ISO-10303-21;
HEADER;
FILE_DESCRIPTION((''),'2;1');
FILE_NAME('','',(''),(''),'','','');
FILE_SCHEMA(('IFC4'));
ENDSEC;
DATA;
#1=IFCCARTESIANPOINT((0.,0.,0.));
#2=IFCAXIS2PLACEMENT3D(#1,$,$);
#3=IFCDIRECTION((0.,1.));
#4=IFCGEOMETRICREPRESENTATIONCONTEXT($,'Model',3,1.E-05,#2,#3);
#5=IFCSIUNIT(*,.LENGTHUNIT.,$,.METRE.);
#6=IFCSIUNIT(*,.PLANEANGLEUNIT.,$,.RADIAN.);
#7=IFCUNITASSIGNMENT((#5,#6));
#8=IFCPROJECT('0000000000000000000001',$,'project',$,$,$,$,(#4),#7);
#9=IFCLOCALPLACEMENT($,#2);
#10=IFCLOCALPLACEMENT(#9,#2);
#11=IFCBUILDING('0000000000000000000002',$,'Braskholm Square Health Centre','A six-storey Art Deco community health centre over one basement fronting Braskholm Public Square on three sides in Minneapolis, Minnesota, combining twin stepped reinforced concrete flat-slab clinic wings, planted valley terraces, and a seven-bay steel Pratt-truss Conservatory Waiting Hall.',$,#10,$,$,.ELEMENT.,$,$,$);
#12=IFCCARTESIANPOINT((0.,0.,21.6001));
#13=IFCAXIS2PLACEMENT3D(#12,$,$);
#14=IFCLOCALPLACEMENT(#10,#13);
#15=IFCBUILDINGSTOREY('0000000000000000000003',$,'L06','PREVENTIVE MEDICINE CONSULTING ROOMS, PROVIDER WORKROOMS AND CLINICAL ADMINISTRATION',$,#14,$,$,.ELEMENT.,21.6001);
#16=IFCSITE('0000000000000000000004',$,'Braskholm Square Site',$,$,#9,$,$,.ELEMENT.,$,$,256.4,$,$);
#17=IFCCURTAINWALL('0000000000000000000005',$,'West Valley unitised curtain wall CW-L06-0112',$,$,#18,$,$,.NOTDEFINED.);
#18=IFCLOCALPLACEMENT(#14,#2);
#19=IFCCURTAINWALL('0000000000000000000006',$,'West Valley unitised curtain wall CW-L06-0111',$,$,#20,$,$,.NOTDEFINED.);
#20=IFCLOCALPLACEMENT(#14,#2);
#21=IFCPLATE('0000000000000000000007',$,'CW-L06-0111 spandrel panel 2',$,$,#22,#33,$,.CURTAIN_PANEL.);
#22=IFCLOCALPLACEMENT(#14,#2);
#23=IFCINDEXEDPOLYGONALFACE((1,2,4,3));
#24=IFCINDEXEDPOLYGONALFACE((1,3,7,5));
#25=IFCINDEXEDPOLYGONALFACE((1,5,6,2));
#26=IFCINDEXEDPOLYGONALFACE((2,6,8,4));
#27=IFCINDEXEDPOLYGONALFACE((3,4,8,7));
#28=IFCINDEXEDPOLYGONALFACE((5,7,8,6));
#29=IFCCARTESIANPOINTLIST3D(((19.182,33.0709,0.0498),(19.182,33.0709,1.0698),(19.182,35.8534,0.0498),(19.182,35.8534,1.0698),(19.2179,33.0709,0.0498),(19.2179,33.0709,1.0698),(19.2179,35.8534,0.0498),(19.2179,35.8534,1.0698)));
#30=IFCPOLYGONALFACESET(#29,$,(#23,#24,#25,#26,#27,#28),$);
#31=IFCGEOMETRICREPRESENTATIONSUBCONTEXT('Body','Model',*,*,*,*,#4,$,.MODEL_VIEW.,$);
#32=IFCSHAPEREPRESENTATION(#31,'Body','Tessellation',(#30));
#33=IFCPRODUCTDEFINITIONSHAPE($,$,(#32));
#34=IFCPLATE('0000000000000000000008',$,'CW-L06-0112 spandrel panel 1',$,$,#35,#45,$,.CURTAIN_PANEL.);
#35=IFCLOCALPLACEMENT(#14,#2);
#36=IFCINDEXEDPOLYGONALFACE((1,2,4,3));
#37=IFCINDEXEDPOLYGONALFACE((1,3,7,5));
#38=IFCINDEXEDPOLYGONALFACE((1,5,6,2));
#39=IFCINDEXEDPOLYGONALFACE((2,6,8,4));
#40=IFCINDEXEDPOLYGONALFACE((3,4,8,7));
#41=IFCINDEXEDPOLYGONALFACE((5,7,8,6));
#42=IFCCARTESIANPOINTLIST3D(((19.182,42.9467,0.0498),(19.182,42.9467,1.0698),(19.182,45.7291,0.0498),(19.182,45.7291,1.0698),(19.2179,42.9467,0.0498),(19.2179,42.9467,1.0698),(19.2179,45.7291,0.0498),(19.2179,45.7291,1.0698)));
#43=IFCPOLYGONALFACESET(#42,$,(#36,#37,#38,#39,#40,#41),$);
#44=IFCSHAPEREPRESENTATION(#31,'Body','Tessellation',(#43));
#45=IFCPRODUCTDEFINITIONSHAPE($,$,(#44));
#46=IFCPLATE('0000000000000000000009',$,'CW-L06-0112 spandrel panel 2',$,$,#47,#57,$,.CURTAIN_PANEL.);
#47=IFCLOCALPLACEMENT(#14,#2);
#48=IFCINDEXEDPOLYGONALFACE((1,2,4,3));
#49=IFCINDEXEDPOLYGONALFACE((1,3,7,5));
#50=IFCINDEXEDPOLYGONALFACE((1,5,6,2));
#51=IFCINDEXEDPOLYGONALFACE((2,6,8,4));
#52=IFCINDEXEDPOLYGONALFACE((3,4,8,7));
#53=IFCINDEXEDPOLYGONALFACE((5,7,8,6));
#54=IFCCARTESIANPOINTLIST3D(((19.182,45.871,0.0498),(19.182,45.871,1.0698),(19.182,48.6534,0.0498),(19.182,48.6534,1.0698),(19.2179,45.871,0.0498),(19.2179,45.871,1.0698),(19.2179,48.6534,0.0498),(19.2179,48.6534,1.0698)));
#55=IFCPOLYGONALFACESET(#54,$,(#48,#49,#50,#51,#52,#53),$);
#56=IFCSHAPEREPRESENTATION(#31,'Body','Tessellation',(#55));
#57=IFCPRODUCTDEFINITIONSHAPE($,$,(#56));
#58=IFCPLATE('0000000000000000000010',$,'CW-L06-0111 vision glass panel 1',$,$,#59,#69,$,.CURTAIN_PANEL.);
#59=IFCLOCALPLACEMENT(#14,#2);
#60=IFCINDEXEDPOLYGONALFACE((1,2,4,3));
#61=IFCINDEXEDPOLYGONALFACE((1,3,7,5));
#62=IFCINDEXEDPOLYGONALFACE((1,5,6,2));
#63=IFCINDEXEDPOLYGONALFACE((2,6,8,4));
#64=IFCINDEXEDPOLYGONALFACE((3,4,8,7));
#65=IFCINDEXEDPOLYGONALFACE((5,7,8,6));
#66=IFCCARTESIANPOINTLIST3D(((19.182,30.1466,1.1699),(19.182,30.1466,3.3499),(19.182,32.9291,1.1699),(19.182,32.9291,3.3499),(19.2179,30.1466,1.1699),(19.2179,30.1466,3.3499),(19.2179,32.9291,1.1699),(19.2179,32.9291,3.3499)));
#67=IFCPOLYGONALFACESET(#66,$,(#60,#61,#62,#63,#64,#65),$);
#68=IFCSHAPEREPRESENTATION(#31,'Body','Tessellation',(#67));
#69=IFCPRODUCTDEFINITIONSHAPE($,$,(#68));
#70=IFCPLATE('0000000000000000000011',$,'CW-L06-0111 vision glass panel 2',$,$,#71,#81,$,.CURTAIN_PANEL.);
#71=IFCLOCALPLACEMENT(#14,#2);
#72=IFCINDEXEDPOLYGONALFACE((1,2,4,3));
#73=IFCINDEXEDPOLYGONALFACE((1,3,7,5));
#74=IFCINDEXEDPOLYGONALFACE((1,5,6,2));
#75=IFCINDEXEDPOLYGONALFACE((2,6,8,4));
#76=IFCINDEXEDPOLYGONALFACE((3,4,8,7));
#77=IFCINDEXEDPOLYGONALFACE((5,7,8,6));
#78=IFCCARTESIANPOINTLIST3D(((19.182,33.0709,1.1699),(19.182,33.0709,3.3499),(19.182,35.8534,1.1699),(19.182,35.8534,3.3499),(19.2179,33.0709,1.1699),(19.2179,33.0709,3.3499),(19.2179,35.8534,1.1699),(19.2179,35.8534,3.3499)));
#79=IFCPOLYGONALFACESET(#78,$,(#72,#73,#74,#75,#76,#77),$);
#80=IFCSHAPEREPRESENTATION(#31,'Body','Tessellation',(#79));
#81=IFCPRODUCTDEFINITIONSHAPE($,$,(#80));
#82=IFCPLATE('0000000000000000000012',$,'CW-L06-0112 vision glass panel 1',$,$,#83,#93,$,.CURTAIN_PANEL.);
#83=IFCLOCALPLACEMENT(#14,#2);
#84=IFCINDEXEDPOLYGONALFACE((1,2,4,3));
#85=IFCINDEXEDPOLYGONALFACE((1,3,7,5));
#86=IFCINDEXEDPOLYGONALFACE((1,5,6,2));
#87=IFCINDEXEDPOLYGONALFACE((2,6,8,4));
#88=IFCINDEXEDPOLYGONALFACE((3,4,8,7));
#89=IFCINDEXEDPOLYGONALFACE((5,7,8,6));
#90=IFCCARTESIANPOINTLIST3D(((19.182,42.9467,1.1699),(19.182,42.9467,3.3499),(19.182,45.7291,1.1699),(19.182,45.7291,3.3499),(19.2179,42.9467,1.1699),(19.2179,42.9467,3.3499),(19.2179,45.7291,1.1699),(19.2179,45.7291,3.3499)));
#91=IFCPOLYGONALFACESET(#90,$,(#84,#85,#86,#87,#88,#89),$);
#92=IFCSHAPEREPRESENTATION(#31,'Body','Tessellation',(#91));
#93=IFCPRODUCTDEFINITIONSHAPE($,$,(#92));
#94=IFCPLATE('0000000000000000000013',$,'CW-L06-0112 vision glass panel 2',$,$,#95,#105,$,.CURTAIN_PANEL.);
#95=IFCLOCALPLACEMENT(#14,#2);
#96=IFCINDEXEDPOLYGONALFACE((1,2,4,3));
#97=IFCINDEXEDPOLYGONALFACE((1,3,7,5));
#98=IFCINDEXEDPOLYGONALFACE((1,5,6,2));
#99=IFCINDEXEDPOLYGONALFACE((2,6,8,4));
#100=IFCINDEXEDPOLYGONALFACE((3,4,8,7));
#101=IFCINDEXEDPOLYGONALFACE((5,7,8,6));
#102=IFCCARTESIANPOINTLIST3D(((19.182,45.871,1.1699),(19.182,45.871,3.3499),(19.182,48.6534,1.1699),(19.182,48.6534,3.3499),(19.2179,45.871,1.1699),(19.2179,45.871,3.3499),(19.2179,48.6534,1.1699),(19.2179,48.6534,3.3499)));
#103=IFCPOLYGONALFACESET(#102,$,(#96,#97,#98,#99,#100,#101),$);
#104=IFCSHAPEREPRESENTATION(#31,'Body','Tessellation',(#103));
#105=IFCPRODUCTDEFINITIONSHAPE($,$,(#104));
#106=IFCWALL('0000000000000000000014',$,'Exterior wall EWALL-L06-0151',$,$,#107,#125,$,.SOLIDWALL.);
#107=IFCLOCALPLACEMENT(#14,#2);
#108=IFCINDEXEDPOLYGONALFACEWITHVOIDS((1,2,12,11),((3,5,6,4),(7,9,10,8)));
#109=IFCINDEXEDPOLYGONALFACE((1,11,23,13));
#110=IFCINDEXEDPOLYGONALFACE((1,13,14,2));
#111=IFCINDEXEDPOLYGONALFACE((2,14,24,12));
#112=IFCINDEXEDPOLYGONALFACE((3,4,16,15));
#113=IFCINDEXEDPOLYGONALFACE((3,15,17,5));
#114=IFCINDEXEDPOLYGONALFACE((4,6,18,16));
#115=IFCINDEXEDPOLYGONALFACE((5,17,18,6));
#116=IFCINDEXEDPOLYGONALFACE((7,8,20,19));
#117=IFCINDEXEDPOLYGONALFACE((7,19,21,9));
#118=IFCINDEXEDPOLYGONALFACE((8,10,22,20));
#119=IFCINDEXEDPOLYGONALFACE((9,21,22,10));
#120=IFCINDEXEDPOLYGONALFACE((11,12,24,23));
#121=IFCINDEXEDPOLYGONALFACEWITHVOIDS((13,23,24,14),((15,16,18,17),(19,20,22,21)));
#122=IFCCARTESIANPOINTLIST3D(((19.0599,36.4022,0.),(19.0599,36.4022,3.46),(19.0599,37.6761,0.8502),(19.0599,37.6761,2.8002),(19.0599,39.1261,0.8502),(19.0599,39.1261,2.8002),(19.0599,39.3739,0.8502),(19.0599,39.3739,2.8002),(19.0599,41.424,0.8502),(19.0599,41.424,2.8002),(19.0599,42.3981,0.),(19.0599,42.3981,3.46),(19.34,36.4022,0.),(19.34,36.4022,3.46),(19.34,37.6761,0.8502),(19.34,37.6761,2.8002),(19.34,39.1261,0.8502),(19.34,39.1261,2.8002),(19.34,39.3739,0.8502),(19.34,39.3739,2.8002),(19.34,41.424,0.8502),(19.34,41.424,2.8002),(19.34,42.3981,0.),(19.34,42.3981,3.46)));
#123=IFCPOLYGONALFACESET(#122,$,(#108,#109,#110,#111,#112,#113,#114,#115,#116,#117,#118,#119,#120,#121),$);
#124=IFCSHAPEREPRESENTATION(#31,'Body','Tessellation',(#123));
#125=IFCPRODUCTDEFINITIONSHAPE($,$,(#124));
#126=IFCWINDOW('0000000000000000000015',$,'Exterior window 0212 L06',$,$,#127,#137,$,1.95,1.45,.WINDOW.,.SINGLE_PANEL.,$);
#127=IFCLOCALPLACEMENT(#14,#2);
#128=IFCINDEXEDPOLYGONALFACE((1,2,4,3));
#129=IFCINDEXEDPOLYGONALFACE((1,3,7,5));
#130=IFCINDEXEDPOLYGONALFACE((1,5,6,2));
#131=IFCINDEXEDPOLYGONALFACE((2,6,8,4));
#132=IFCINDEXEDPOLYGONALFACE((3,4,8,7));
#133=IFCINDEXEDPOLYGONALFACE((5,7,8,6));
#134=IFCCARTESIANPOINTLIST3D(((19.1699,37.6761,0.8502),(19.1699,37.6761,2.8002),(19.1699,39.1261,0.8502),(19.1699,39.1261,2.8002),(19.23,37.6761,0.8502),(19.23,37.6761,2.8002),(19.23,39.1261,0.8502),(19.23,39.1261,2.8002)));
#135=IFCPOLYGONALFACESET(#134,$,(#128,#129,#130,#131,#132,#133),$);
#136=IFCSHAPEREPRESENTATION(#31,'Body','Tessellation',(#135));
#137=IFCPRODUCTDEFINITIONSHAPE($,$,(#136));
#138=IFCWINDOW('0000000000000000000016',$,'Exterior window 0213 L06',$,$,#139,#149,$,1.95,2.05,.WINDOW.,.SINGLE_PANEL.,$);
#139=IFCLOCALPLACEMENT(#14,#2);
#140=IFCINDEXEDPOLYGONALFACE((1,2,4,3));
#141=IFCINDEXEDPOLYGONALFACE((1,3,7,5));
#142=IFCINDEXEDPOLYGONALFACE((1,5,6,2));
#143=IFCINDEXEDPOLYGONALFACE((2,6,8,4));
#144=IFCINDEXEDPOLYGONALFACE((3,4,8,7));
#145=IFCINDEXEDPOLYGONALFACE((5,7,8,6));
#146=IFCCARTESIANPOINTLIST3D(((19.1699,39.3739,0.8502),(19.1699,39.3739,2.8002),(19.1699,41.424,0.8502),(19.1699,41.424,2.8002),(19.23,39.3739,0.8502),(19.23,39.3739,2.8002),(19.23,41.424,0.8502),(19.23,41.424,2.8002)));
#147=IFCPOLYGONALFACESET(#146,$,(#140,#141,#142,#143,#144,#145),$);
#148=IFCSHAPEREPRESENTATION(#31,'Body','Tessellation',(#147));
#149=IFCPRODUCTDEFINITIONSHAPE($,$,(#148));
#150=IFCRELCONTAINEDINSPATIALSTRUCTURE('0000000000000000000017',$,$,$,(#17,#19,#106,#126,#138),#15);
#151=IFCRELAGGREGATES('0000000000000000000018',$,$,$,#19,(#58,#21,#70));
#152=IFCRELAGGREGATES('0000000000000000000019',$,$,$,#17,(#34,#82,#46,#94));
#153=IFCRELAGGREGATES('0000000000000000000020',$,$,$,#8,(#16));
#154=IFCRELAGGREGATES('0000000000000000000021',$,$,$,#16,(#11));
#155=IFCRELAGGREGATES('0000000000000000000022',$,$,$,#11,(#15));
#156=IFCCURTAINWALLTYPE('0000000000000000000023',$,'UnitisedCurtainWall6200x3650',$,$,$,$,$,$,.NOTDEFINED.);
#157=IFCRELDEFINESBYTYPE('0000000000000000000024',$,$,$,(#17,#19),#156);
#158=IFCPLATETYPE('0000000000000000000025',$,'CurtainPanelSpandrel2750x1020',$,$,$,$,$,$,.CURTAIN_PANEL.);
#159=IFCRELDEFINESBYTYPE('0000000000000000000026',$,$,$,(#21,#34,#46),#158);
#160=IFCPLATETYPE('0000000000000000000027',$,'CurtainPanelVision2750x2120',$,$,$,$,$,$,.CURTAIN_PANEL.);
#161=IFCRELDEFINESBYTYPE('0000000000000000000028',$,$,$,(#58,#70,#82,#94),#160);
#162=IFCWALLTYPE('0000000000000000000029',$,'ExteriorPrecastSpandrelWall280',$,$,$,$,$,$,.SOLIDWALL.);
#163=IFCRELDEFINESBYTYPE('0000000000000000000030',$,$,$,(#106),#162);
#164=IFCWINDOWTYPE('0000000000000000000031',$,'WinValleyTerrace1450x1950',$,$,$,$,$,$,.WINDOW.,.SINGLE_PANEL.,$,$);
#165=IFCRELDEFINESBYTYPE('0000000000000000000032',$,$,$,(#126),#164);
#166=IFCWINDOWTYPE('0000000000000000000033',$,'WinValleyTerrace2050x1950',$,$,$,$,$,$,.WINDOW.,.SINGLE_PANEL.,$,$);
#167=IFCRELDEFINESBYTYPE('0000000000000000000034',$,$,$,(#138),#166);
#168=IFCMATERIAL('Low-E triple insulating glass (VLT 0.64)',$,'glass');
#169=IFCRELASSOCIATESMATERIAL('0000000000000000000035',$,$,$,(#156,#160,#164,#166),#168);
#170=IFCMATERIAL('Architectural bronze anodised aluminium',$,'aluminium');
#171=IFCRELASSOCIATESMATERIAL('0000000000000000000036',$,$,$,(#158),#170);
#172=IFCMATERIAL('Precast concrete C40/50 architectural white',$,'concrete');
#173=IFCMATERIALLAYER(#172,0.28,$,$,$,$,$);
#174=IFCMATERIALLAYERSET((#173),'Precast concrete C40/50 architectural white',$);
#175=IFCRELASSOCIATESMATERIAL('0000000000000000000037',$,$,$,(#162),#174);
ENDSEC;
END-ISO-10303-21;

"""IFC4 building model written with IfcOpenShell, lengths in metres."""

from ifc_helpers import new_model, si_unit, direction, frame, frame_2d, origin, origin_with_axes, origin_2d, place, context, subcontext, project, spatial, rectangle, extrude, material, layer, layer_set, type_object, element, fill, aggregate, save


model = new_model("IFC4")

# Units and contexts
model_context = context("Model", 3, precision=1e-05, world=origin(), true_north=direction((0.0, 1.0)))
body_context = subcontext(model_context, "Body", "Model", "MODEL_VIEW")
ifc_project = project(units=[si_unit("LENGTHUNIT", "METRE"), si_unit("PLANEANGLEUNIT", "RADIAN")], contexts=[model_context])

# Site, building, storey
site_placement = place(None, origin())
site = spatial("IfcSite", under=ifc_project, at=site_placement, Name="Braskholm Square Site", CompositionType="ELEMENT", RefElevation=256.4)
building_placement = place(site_placement, origin())
building = spatial("IfcBuilding", under=site, at=building_placement, Name="Braskholm Square Health Centre", Description="A six-storey Art Deco community health centre over one basement fronting Braskholm Public Square on three sides in Minneapolis, Minnesota, combining twin stepped reinforced concrete flat-slab clinic wings, planted valley terraces, and a seven-bay steel Pratt-truss Conservatory Waiting Hall.", CompositionType="ELEMENT")
storey_placement = place(building_placement, frame((0.0, 0.0, 21.6001)))
storey = spatial("IfcBuildingStorey", under=building, at=storey_placement, Name="L06", Description="PREVENTIVE MEDICINE CONSULTING ROOMS, PROVIDER WORKROOMS AND CLINICAL ADMINISTRATION", CompositionType="ELEMENT", Elevation=21.6001)

# Curtain walls
ifc_material_1 = material(Name="Low-E triple insulating glass (VLT 0.64)", Category="glass")
curtain_wall_type = type_object("IfcCurtainWallType", Name="UnitisedCurtainWall6200x3650", PredefinedType="NOTDEFINED", material=ifc_material_1)
curtain_wall_1_placement = place(storey_placement, origin())
curtain_wall_1 = element("IfcCurtainWall", 1, at=curtain_wall_1_placement, inside=storey, type_object=curtain_wall_type, Name="West Valley unitised curtain wall CW-L06-0112", PredefinedType="NOTDEFINED")
ifc_material_2 = material(Name="Architectural bronze anodised aluminium", Category="aluminium")
curtain_wall_2_placement = place(storey_placement, origin())
curtain_wall_2 = element("IfcCurtainWall", 2, at=curtain_wall_2_placement, inside=storey, type_object=curtain_wall_type, Name="West Valley unitised curtain wall CW-L06-0111", PredefinedType="NOTDEFINED")

# Plates
plate_type_1 = type_object("IfcPlateType", Name="CurtainPanelSpandrel2750x1020", PredefinedType="CURTAIN_PANEL", material=ifc_material_2)
plate_1_placement = place(storey_placement, frame((19.2, 34.4622, 0.0498), z_axis=(0.0, 0.0, 1.0), x_axis=(0.0, 1.0, 0.0)))
plate_1 = element("IfcPlate", 3, at=plate_1_placement, type_object=plate_type_1, Name="CW-L06-0111 spandrel panel 2", PredefinedType="CURTAIN_PANEL", context=body_context, shape_type="SweptSolid", body=[
    extrude(rectangle(XDim=2.7825, YDim=0.0359, at=origin_2d()), origin(), (0.0, 0.0, 1.0), 1.02),
])
plate_2_placement = place(storey_placement, frame((19.2, 44.3379, 0.0498), z_axis=(0.0, 0.0, 1.0), x_axis=(0.0, 1.0, 0.0)))
plate_2 = element("IfcPlate", 4, at=plate_2_placement, type_object=plate_type_1, Name="CW-L06-0112 spandrel panel 1", PredefinedType="CURTAIN_PANEL", context=body_context, shape_type="SweptSolid", body=[
    extrude(rectangle(XDim=2.7825, YDim=0.0359, at=origin_2d()), origin(), (0.0, 0.0, 1.0), 1.02),
])
plate_3_placement = place(storey_placement, frame((19.2, 47.2622, 0.0498), z_axis=(0.0, 0.0, 1.0), x_axis=(0.0, 1.0, 0.0)))
plate_3 = element("IfcPlate", 5, at=plate_3_placement, type_object=plate_type_1, Name="CW-L06-0112 spandrel panel 2", PredefinedType="CURTAIN_PANEL", context=body_context, shape_type="SweptSolid", body=[
    extrude(rectangle(XDim=2.7825, YDim=0.0359, at=origin_2d()), origin(), (0.0, 0.0, 1.0), 1.02),
])
plate_type_2 = type_object("IfcPlateType", Name="CurtainPanelVision2750x2120", PredefinedType="CURTAIN_PANEL", material=ifc_material_1)
plate_4_placement = place(storey_placement, frame((19.2, 31.5378, 1.1699), z_axis=(0.0, 0.0, 1.0), x_axis=(0.0, 1.0, 0.0)))
plate_4 = element("IfcPlate", 6, at=plate_4_placement, type_object=plate_type_2, Name="CW-L06-0111 vision glass panel 1", PredefinedType="CURTAIN_PANEL", context=body_context, shape_type="SweptSolid", body=[
    extrude(rectangle(XDim=2.7825, YDim=0.0359, at=origin_2d()), origin(), (0.0, 0.0, 1.0), 2.1799),
])
plate_5_placement = place(storey_placement, frame((19.2, 34.4622, 1.1699), z_axis=(0.0, 0.0, 1.0), x_axis=(0.0, 1.0, 0.0)))
plate_5 = element("IfcPlate", 7, at=plate_5_placement, type_object=plate_type_2, Name="CW-L06-0111 vision glass panel 2", PredefinedType="CURTAIN_PANEL", context=body_context, shape_type="SweptSolid", body=[
    extrude(rectangle(XDim=2.7825, YDim=0.0359, at=origin_2d()), origin(), (0.0, 0.0, 1.0), 2.1799),
])
aggregate(curtain_wall_2, [plate_4, plate_1, plate_5])
plate_6_placement = place(storey_placement, frame((19.2, 44.3379, 1.1699), z_axis=(0.0, 0.0, 1.0), x_axis=(0.0, 1.0, 0.0)))
plate_6 = element("IfcPlate", 8, at=plate_6_placement, type_object=plate_type_2, Name="CW-L06-0112 vision glass panel 1", PredefinedType="CURTAIN_PANEL", context=body_context, shape_type="SweptSolid", body=[
    extrude(rectangle(XDim=2.7825, YDim=0.0359, at=origin_2d()), origin(), (0.0, 0.0, 1.0), 2.1799),
])
plate_7_placement = place(storey_placement, frame((19.2, 47.2622, 1.1699), z_axis=(0.0, 0.0, 1.0), x_axis=(0.0, 1.0, 0.0)))
plate_7 = element("IfcPlate", 9, at=plate_7_placement, type_object=plate_type_2, Name="CW-L06-0112 vision glass panel 2", PredefinedType="CURTAIN_PANEL", context=body_context, shape_type="SweptSolid", body=[
    extrude(rectangle(XDim=2.7825, YDim=0.0359, at=origin_2d()), origin(), (0.0, 0.0, 1.0), 2.1799),
])
aggregate(curtain_wall_1, [plate_2, plate_6, plate_3, plate_7])

# Wall, openings, windows
ifc_material_3 = material(Name="Precast concrete C40/50 architectural white", Category="concrete")
ifc_layer = layer(ifc_material_3, 0.28)
ifc_layer_set = layer_set([ifc_layer], Name="Precast concrete C40/50 architectural white")
wall_type = type_object("IfcWallType", Name="ExteriorPrecastSpandrelWall280", PredefinedType="SOLIDWALL", material=ifc_layer_set)
wall_1_placement = place(storey_placement, frame((19.2, 36.4021, 0.0), z_axis=(0.0, 0.0, 1.0), x_axis=(0.0, 1.0, 0.0)))
wall_1 = element("IfcWall", 10, at=wall_1_placement, inside=storey, type_object=wall_type, Name="Exterior wall EWALL-L06-0151", PredefinedType="SOLIDWALL", context=body_context, shape_type="SweptSolid", body=[
    extrude(rectangle(XDim=5.9958, YDim=0.28, at=frame_2d((2.998, 0.0))), origin(), (0.0, 0.0, 1.0), 3.46),
])
opening_1_placement = place(wall_1_placement, frame((1.2739, 0.0, 0.8501)))
opening_1 = element("IfcOpeningElement", 11, at=opening_1_placement, cuts=wall_1, PredefinedType="OPENING", context=body_context, shape_type="SweptSolid", body=[
    extrude(rectangle(XDim=1.45, YDim=1.95, at=frame_2d((0.7251, 0.9751))), frame((0.0, 0.1499, 0.0), z_axis=(0.0, -1.0, 0.0), x_axis=(1.0, 0.0, 0.0)), (0.0, 0.0, 1.0), 0.3),
])
opening_2_placement = place(wall_1_placement, frame((2.9719, 0.0, 0.8501)))
opening_2 = element("IfcOpeningElement", 12, at=opening_2_placement, cuts=wall_1, PredefinedType="OPENING", context=body_context, shape_type="SweptSolid", body=[
    extrude(rectangle(XDim=2.05, YDim=1.95, at=frame_2d((1.0249, 0.9751))), frame((0.0, 0.1499, 0.0), z_axis=(0.0, -1.0, 0.0), x_axis=(1.0, 0.0, 0.0)), (0.0, 0.0, 1.0), 0.3),
])
window_type_1 = type_object("IfcWindowType", Name="WinValleyTerrace1450x1950", PartitioningType="SINGLE_PANEL", PredefinedType="WINDOW", material=ifc_material_1)
window_1_placement = place(opening_1_placement, origin_with_axes())
window_1 = element("IfcWindow", 13, at=window_1_placement, inside=storey, type_object=window_type_1, Name="Exterior window 0212 L06", OverallHeight=1.95, OverallWidth=1.45, PartitioningType="SINGLE_PANEL", PredefinedType="WINDOW", context=body_context, shape_type="SweptSolid", body=[
    extrude(rectangle(XDim=1.45, YDim=1.95, at=frame_2d((0.7251, 0.9751))), frame((0.0, 0.03, 0.0), z_axis=(0.0, -1.0, 0.0), x_axis=(1.0, 0.0, 0.0)), (0.0, 0.0, 1.0), 0.0601),
])
fill(opening_1, window_1)
window_type_2 = type_object("IfcWindowType", Name="WinValleyTerrace2050x1950", PartitioningType="SINGLE_PANEL", PredefinedType="WINDOW", material=ifc_material_1)
window_2_placement = place(opening_2_placement, origin_with_axes())
window_2 = element("IfcWindow", 14, at=window_2_placement, inside=storey, type_object=window_type_2, Name="Exterior window 0213 L06", OverallHeight=1.95, OverallWidth=2.05, PartitioningType="SINGLE_PANEL", PredefinedType="WINDOW", context=body_context, shape_type="SweptSolid", body=[
    extrude(rectangle(XDim=2.05, YDim=1.95, at=frame_2d((1.0249, 0.9751))), frame((0.0, 0.03, 0.0), z_axis=(0.0, -1.0, 0.0), x_axis=(1.0, 0.0, 0.0)), (0.0, 0.0, 1.0), 0.0601),
])
fill(opening_2, window_2)

save(model, "model.ifc")
